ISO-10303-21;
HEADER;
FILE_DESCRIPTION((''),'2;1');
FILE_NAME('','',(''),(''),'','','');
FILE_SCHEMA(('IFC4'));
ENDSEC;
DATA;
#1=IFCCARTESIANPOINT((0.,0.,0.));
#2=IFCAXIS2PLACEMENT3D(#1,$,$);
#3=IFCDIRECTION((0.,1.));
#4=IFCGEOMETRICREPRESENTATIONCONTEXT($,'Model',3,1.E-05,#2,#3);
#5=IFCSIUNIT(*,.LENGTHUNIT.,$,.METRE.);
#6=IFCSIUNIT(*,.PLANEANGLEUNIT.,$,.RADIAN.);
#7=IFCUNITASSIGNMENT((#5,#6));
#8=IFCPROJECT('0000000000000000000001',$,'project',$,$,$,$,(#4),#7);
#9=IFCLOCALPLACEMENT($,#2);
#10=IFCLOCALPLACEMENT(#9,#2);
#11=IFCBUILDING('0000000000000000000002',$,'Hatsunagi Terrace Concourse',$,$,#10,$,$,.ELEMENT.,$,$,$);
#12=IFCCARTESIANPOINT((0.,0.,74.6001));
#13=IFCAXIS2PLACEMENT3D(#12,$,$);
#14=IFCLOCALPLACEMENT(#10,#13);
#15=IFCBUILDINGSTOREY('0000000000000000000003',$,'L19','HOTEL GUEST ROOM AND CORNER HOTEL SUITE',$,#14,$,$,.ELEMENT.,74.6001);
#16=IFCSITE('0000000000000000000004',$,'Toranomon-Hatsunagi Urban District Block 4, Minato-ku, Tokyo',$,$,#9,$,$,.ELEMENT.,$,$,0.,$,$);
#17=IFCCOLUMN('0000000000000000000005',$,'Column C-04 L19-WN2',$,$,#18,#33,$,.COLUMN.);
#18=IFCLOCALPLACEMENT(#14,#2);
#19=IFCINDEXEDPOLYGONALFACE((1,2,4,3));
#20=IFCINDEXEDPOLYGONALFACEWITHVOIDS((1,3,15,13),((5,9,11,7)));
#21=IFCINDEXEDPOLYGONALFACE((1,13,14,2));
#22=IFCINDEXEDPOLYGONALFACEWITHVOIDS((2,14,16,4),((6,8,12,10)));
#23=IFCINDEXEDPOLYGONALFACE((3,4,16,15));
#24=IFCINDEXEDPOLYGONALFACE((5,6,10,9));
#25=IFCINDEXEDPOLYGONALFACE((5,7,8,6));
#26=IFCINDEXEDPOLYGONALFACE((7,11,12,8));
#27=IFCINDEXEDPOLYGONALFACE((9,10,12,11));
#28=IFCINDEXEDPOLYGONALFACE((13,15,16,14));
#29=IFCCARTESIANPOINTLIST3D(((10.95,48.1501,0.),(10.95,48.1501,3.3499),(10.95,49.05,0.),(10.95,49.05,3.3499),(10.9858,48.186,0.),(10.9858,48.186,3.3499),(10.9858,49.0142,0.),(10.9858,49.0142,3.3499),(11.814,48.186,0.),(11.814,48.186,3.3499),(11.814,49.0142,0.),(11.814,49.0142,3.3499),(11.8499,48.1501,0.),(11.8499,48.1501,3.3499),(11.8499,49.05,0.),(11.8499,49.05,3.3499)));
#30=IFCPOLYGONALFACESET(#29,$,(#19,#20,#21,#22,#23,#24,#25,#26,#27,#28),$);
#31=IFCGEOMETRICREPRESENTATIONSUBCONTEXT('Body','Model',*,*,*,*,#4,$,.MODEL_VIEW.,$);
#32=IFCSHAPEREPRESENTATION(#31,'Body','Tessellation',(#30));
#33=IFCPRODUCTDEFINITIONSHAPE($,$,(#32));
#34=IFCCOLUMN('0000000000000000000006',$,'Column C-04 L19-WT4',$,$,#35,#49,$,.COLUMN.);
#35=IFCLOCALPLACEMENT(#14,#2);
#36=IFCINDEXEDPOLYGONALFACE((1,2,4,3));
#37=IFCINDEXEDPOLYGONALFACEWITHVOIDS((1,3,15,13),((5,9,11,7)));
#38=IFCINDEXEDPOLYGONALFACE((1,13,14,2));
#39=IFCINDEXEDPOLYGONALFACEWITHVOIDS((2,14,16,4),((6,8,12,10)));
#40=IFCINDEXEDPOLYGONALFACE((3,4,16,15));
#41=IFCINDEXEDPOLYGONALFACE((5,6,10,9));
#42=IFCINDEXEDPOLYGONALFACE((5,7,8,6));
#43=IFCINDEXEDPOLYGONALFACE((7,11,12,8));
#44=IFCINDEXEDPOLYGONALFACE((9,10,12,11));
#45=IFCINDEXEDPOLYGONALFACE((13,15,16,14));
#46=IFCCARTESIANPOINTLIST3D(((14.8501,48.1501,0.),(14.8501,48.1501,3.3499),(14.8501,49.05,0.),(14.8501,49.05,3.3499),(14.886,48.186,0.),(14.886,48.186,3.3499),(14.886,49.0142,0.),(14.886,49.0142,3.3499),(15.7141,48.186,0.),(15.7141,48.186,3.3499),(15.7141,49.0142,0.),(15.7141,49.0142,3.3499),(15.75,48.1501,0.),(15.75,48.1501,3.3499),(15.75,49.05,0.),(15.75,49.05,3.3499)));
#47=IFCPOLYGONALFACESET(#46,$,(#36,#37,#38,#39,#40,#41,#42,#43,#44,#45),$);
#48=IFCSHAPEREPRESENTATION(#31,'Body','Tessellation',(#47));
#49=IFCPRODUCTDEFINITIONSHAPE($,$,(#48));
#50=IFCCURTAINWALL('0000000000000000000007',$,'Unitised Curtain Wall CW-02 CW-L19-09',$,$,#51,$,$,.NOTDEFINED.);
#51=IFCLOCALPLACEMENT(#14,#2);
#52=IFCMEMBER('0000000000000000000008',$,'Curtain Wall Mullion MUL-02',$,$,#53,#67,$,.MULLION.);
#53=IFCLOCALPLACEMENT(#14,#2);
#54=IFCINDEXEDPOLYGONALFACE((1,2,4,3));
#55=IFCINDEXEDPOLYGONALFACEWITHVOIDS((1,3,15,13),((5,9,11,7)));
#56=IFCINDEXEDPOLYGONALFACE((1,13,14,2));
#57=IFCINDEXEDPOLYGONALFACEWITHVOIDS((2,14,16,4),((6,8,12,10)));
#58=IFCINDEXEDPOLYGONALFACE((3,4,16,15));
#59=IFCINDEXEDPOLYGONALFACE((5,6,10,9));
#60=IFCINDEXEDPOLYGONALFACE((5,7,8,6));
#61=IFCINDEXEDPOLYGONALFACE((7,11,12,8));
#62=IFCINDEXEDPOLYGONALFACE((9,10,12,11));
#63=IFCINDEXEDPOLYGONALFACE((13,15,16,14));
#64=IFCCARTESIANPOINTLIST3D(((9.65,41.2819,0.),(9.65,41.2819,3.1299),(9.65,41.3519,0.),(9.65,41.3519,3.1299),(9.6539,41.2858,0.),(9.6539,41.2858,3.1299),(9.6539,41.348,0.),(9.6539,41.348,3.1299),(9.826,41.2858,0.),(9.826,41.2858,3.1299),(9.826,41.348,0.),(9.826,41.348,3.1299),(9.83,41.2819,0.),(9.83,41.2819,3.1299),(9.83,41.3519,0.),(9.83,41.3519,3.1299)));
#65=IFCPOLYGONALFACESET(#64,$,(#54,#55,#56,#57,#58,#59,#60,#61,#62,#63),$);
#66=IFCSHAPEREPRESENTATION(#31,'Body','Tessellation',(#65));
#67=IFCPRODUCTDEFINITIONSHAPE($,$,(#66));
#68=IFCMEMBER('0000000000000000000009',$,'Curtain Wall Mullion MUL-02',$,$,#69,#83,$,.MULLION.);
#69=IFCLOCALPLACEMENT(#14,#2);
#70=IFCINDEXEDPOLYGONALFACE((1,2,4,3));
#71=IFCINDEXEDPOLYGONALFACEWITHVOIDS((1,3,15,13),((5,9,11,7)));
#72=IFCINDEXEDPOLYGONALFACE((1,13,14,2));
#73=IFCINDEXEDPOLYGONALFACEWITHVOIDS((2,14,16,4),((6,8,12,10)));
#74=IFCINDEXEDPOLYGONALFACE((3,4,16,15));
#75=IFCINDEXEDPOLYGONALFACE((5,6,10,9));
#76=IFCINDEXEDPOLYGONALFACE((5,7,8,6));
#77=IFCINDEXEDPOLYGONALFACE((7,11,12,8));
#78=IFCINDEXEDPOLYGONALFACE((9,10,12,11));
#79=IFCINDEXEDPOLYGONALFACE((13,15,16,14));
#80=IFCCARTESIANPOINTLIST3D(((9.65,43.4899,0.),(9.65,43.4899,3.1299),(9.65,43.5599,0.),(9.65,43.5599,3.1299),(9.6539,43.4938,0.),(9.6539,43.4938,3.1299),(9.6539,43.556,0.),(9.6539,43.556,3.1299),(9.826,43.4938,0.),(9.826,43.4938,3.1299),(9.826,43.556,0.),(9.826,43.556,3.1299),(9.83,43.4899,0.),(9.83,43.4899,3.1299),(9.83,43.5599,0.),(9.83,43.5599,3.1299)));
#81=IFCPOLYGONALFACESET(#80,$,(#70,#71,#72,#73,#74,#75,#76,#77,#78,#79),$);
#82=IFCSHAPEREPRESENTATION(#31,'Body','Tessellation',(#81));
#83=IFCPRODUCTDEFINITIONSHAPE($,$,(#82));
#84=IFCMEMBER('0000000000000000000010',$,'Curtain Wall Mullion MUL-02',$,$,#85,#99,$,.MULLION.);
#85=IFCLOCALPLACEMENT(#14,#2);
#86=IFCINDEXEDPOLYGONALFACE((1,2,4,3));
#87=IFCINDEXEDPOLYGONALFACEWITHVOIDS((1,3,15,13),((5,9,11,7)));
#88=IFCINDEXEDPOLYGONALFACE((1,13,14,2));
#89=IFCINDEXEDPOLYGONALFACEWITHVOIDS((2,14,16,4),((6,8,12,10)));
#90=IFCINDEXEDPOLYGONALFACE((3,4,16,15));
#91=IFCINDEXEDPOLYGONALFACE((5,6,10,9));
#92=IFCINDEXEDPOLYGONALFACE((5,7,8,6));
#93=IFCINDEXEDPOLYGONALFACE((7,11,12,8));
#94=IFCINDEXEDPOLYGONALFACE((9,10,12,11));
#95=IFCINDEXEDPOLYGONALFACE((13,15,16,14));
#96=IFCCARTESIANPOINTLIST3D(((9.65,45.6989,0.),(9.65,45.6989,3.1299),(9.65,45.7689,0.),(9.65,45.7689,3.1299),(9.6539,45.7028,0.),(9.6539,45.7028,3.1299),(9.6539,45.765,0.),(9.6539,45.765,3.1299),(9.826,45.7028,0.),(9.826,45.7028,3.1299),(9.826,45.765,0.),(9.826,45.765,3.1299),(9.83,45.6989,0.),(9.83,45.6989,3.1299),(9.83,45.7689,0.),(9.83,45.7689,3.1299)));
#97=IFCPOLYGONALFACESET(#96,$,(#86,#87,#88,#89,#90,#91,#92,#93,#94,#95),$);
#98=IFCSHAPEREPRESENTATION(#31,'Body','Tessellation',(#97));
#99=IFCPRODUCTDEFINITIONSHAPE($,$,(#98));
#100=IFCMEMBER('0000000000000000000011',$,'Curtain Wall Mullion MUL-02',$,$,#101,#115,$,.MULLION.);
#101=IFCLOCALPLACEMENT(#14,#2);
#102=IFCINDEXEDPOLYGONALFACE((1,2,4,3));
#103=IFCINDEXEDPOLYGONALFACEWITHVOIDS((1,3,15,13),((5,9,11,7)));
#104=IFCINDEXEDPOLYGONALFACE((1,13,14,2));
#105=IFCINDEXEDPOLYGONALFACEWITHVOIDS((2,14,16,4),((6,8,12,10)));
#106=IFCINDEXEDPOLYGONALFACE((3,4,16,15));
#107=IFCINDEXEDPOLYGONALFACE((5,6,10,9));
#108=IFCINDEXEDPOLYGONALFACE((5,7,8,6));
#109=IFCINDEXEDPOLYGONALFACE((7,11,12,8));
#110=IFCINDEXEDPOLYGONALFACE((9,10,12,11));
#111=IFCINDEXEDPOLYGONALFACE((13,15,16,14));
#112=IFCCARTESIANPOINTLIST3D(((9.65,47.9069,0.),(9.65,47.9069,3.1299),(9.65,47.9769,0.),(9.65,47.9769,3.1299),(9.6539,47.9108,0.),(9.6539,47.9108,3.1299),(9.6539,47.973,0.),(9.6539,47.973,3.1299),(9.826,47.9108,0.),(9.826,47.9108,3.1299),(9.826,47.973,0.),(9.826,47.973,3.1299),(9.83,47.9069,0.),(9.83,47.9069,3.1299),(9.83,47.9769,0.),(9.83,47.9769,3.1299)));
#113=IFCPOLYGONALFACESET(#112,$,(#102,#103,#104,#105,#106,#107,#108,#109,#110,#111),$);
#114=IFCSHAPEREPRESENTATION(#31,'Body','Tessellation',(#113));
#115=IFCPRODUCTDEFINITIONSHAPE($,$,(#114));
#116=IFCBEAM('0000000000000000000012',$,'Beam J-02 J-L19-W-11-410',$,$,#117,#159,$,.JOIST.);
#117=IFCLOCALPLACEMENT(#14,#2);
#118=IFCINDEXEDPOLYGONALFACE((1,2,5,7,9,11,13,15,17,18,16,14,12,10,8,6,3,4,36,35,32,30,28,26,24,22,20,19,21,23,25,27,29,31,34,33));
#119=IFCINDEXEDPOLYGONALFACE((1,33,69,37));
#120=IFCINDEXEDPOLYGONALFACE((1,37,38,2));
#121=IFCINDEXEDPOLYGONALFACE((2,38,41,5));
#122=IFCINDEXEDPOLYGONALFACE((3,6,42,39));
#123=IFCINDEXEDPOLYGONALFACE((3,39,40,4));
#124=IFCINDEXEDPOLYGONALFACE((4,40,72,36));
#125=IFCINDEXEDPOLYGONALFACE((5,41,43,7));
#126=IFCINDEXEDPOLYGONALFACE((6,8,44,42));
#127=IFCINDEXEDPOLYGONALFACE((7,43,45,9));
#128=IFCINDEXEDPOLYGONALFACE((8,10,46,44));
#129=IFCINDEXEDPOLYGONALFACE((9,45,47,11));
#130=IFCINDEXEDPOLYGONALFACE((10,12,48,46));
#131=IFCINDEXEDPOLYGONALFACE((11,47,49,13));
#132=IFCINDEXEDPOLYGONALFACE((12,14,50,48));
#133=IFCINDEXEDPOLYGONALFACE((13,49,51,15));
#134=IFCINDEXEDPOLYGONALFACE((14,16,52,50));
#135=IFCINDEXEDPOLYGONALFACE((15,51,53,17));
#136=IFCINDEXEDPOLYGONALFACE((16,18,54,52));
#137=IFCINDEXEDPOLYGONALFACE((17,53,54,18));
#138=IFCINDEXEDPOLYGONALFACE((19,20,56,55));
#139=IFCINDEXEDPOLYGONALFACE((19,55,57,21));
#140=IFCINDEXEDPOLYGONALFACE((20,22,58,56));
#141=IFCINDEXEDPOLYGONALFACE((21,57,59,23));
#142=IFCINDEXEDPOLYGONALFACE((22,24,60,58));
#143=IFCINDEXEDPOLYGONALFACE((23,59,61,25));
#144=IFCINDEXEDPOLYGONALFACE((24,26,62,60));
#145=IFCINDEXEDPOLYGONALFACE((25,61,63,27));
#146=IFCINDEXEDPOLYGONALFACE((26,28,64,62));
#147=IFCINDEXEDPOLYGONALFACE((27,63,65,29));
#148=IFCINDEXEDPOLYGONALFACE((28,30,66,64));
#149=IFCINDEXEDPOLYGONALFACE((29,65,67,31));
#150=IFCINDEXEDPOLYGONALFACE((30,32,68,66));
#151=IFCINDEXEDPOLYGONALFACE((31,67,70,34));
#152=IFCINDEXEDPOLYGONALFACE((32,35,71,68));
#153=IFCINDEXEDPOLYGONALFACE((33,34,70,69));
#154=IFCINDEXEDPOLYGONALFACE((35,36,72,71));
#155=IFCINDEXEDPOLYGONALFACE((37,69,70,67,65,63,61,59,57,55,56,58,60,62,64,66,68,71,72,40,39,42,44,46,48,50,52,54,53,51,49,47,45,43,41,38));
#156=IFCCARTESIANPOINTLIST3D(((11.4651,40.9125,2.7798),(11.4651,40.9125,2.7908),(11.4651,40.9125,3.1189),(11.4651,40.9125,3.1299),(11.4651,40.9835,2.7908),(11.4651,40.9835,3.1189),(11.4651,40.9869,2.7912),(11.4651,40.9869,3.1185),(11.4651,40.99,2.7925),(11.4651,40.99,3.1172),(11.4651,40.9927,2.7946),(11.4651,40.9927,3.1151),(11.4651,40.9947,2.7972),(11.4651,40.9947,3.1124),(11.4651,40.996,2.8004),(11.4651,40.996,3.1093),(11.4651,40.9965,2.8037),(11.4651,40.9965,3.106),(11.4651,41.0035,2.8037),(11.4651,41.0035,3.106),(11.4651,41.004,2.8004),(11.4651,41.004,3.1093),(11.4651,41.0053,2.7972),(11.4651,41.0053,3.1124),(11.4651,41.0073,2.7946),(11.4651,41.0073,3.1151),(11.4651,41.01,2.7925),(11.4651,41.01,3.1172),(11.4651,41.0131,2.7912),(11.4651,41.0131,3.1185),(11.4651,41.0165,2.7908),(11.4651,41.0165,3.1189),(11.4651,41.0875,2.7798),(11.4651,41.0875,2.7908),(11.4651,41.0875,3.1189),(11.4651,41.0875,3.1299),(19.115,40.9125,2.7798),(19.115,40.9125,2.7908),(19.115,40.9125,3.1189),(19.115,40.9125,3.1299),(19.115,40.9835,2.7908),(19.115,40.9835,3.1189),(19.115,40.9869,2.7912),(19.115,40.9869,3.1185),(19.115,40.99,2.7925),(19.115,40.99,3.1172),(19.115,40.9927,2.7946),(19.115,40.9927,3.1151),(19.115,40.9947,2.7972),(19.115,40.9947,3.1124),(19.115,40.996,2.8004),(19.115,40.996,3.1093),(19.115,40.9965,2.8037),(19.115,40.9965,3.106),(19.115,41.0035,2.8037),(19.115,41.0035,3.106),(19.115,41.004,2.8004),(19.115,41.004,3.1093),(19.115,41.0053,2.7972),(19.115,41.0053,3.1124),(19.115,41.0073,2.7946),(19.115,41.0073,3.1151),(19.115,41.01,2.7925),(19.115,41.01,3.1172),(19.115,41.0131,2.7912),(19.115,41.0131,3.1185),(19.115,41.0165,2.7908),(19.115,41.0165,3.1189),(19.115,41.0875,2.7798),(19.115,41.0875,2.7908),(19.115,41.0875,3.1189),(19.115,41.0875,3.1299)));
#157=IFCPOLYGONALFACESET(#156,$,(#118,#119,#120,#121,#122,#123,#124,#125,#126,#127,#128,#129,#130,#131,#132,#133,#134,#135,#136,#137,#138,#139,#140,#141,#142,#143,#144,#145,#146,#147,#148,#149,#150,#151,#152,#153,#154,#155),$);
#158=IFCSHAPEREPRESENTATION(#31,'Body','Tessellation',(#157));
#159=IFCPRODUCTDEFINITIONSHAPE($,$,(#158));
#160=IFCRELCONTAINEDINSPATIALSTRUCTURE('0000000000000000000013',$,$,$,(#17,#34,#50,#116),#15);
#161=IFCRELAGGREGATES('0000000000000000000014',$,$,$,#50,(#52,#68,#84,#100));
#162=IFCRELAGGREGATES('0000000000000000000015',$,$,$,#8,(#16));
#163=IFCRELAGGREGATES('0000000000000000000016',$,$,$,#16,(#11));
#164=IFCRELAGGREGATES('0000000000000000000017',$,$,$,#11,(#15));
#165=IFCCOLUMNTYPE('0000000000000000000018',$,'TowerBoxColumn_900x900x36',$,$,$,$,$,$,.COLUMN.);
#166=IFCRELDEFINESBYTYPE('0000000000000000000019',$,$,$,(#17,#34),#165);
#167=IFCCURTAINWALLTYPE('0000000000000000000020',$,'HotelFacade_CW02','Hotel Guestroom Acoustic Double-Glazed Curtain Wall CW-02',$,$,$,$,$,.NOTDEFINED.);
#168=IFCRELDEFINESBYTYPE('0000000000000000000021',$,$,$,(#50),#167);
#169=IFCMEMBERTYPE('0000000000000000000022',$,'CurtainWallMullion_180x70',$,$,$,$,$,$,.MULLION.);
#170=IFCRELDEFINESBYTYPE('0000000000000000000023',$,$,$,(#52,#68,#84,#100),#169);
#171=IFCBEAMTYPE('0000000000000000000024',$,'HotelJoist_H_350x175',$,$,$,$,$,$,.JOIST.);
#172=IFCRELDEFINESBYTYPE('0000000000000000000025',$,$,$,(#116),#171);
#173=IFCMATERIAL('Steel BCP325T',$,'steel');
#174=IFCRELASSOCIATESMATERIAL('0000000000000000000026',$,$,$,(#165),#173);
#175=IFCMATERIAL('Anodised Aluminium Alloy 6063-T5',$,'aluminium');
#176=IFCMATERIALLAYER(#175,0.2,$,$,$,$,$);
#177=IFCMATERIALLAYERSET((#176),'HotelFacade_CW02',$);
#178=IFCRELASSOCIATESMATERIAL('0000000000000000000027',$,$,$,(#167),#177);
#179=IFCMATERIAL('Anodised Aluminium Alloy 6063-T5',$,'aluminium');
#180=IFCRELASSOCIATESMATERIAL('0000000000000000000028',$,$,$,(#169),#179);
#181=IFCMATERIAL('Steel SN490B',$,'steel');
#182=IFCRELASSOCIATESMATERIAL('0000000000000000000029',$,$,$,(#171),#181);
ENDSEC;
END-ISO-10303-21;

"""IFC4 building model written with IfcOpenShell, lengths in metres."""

from ifc_helpers import new_model, si_unit, direction, frame, origin, origin_2d, place, context, subcontext, project, spatial, hollow_rectangle, i_section, extrude, material, layer, layer_set, material_profile, profile_set, type_object, element, aggregate, save


model = new_model("IFC4")

# Units and contexts
model_context = context("Model", 3, precision=1e-05, world=origin(), true_north=direction((0.0, 1.0)))
body_context = subcontext(model_context, "Body", "Model", "MODEL_VIEW")
ifc_project = project(units=[si_unit("LENGTHUNIT", "METRE"), si_unit("PLANEANGLEUNIT", "RADIAN")], contexts=[model_context])

# Site, building, storey
site_placement = place(None, origin())
site = spatial("IfcSite", under=ifc_project, at=site_placement, Name="Toranomon-Hatsunagi Urban District Block 4, Minato-ku, Tokyo", CompositionType="ELEMENT", RefElevation=0.0)
building_placement = place(site_placement, origin())
building = spatial("IfcBuilding", under=site, at=building_placement, Name="Hatsunagi Terrace Concourse", CompositionType="ELEMENT")
storey_placement = place(building_placement, frame((0.0, 0.0, 74.6001)))
storey = spatial("IfcBuildingStorey", under=building, at=storey_placement, Name="L19", Description="HOTEL GUEST ROOM AND CORNER HOTEL SUITE", CompositionType="ELEMENT", Elevation=74.6001)

# Columns
ifc_material_1 = material(Name="Steel BCP325T", Category="steel")
ifc_material_profile_1 = material_profile(ifc_material_1, hollow_rectangle(XDim=0.8999, YDim=0.8999, WallThickness=0.0359, at=origin_2d()), Name="BCP-900x900x36")
ifc_profile_set_1 = profile_set([ifc_material_profile_1], Name="Steel BCP325T")
column_type = type_object("IfcColumnType", Name="TowerBoxColumn_900x900x36", PredefinedType="COLUMN", material=ifc_profile_set_1)
for number, where, z_axis, x_axis, name in (
    (1, (11.3999, 48.6001, 0.0), (0.0, 0.0, 1.0), (1.0, 0.0, 0.0), "Column C-04 L19-WN2"),
    (2, (15.3, 48.6001, 0.0), (0.0, 0.0, 1.0), (1.0, 0.0, 0.0), "Column C-04 L19-WT4"),
):
    element("IfcColumn", number, at=place(storey_placement, frame(where, z_axis=z_axis, x_axis=x_axis)), inside=storey, type_object=column_type, Name=name, PredefinedType="COLUMN", context=body_context, shape_type="SweptSolid", body=[
        extrude(hollow_rectangle(XDim=0.8999, YDim=0.8999, WallThickness=0.0359, at=origin_2d()), origin(), (0.0, 0.0, 1.0), 3.3499),
    ])

# Curtain wall, members
ifc_material_2 = material(Name="Anodised Aluminium Alloy 6063-T5", Category="aluminium")
ifc_layer_1 = layer(ifc_material_2, 0.2)
ifc_layer_set_1 = layer_set([ifc_layer_1], Name="HotelFacade_CW02")
curtain_wall_type = type_object("IfcCurtainWallType", Name="HotelFacade_CW02", Description="Hotel Guestroom Acoustic Double-Glazed Curtain Wall CW-02", PredefinedType="NOTDEFINED", material=ifc_layer_set_1)
curtain_wall_placement = place(storey_placement, origin())
curtain_wall = element("IfcCurtainWall", 3, at=curtain_wall_placement, inside=storey, type_object=curtain_wall_type, Name="Unitised Curtain Wall CW-02 CW-L19-09", PredefinedType="NOTDEFINED")
ifc_material_3 = material(Name="Anodised Aluminium Alloy 6063-T5", Category="aluminium")
ifc_material_profile_2 = material_profile(ifc_material_3, hollow_rectangle(XDim=0.0701, YDim=0.1799, WallThickness=0.0039, at=origin_2d()), Name="ALU-MUL-180x70x4")
ifc_profile_set_2 = profile_set([ifc_material_profile_2], Name="Anodised Aluminium Alloy 6063-T5")
member_type = type_object("IfcMemberType", Name="CurtainWallMullion_180x70", PredefinedType="MULLION", material=ifc_profile_set_2)
member_1_placement = place(storey_placement, frame((9.74, 41.3169, 0.0), z_axis=(0.0, 0.0, 1.0), x_axis=(0.0, 1.0, 0.0)))
member_1 = element("IfcMember", 4, at=member_1_placement, type_object=member_type, Name="Curtain Wall Mullion MUL-02", PredefinedType="MULLION", context=body_context, shape_type="SweptSolid", body=[
    extrude(hollow_rectangle(XDim=0.0701, YDim=0.1799, WallThickness=0.0039, at=origin_2d()), origin(), (0.0, 0.0, 1.0), 3.1299),
])
member_2_placement = place(storey_placement, frame((9.74, 43.5249, 0.0), z_axis=(0.0, 0.0, 1.0), x_axis=(0.0, 1.0, 0.0)))
member_2 = element("IfcMember", 5, at=member_2_placement, type_object=member_type, Name="Curtain Wall Mullion MUL-02", PredefinedType="MULLION", context=body_context, shape_type="SweptSolid", body=[
    extrude(hollow_rectangle(XDim=0.0701, YDim=0.1799, WallThickness=0.0039, at=origin_2d()), origin(), (0.0, 0.0, 1.0), 3.1299),
])
member_3_placement = place(storey_placement, frame((9.74, 45.7339, 0.0), z_axis=(0.0, 0.0, 1.0), x_axis=(0.0, 1.0, 0.0)))
member_3 = element("IfcMember", 6, at=member_3_placement, type_object=member_type, Name="Curtain Wall Mullion MUL-02", PredefinedType="MULLION", context=body_context, shape_type="SweptSolid", body=[
    extrude(hollow_rectangle(XDim=0.0701, YDim=0.1799, WallThickness=0.0039, at=origin_2d()), origin(), (0.0, 0.0, 1.0), 3.1299),
])
member_4_placement = place(storey_placement, frame((9.74, 47.9419, 0.0), z_axis=(0.0, 0.0, 1.0), x_axis=(0.0, 1.0, 0.0)))
member_4 = element("IfcMember", 7, at=member_4_placement, type_object=member_type, Name="Curtain Wall Mullion MUL-02", PredefinedType="MULLION", context=body_context, shape_type="SweptSolid", body=[
    extrude(hollow_rectangle(XDim=0.0701, YDim=0.1799, WallThickness=0.0039, at=origin_2d()), origin(), (0.0, 0.0, 1.0), 3.1299),
])

# Beam
ifc_material_4 = material(Name="Steel SN490B", Category="steel")
ifc_material_profile_3 = material_profile(ifc_material_4, i_section(OverallWidth=0.175, OverallDepth=0.3501, WebThickness=0.0071, FlangeThickness=0.011, FilletRadius=0.0129, at=origin_2d()), Name="H-350x175x7x11")
ifc_profile_set_3 = profile_set([ifc_material_profile_3], Name="Steel SN490B")
beam_type_1 = type_object("IfcBeamType", Name="HotelJoist_H_350x175", PredefinedType="JOIST", material=ifc_profile_set_3)
for number, where, z_axis, x_axis, name in (
    (8, (11.4651, 41.0, 2.9548), (1.0, 0.0, 0.0), (0.0, 1.0, 0.0), "Beam J-02 J-L19-W-11-410"),
):
    element("IfcBeam", number, at=place(storey_placement, frame(where, z_axis=z_axis, x_axis=x_axis)), inside=storey, type_object=beam_type_1, Name=name, PredefinedType="JOIST", context=body_context, shape_type="SweptSolid", body=[
        extrude(i_section(OverallWidth=0.175, OverallDepth=0.3501, WebThickness=0.0071, FlangeThickness=0.011, FilletRadius=0.0129, at=origin_2d()), origin(), (0.0, 0.0, 1.0), 7.6499),
    ])

aggregate(curtain_wall, [member_1, member_2, member_3, member_4])

save(model, "model.ifc")
